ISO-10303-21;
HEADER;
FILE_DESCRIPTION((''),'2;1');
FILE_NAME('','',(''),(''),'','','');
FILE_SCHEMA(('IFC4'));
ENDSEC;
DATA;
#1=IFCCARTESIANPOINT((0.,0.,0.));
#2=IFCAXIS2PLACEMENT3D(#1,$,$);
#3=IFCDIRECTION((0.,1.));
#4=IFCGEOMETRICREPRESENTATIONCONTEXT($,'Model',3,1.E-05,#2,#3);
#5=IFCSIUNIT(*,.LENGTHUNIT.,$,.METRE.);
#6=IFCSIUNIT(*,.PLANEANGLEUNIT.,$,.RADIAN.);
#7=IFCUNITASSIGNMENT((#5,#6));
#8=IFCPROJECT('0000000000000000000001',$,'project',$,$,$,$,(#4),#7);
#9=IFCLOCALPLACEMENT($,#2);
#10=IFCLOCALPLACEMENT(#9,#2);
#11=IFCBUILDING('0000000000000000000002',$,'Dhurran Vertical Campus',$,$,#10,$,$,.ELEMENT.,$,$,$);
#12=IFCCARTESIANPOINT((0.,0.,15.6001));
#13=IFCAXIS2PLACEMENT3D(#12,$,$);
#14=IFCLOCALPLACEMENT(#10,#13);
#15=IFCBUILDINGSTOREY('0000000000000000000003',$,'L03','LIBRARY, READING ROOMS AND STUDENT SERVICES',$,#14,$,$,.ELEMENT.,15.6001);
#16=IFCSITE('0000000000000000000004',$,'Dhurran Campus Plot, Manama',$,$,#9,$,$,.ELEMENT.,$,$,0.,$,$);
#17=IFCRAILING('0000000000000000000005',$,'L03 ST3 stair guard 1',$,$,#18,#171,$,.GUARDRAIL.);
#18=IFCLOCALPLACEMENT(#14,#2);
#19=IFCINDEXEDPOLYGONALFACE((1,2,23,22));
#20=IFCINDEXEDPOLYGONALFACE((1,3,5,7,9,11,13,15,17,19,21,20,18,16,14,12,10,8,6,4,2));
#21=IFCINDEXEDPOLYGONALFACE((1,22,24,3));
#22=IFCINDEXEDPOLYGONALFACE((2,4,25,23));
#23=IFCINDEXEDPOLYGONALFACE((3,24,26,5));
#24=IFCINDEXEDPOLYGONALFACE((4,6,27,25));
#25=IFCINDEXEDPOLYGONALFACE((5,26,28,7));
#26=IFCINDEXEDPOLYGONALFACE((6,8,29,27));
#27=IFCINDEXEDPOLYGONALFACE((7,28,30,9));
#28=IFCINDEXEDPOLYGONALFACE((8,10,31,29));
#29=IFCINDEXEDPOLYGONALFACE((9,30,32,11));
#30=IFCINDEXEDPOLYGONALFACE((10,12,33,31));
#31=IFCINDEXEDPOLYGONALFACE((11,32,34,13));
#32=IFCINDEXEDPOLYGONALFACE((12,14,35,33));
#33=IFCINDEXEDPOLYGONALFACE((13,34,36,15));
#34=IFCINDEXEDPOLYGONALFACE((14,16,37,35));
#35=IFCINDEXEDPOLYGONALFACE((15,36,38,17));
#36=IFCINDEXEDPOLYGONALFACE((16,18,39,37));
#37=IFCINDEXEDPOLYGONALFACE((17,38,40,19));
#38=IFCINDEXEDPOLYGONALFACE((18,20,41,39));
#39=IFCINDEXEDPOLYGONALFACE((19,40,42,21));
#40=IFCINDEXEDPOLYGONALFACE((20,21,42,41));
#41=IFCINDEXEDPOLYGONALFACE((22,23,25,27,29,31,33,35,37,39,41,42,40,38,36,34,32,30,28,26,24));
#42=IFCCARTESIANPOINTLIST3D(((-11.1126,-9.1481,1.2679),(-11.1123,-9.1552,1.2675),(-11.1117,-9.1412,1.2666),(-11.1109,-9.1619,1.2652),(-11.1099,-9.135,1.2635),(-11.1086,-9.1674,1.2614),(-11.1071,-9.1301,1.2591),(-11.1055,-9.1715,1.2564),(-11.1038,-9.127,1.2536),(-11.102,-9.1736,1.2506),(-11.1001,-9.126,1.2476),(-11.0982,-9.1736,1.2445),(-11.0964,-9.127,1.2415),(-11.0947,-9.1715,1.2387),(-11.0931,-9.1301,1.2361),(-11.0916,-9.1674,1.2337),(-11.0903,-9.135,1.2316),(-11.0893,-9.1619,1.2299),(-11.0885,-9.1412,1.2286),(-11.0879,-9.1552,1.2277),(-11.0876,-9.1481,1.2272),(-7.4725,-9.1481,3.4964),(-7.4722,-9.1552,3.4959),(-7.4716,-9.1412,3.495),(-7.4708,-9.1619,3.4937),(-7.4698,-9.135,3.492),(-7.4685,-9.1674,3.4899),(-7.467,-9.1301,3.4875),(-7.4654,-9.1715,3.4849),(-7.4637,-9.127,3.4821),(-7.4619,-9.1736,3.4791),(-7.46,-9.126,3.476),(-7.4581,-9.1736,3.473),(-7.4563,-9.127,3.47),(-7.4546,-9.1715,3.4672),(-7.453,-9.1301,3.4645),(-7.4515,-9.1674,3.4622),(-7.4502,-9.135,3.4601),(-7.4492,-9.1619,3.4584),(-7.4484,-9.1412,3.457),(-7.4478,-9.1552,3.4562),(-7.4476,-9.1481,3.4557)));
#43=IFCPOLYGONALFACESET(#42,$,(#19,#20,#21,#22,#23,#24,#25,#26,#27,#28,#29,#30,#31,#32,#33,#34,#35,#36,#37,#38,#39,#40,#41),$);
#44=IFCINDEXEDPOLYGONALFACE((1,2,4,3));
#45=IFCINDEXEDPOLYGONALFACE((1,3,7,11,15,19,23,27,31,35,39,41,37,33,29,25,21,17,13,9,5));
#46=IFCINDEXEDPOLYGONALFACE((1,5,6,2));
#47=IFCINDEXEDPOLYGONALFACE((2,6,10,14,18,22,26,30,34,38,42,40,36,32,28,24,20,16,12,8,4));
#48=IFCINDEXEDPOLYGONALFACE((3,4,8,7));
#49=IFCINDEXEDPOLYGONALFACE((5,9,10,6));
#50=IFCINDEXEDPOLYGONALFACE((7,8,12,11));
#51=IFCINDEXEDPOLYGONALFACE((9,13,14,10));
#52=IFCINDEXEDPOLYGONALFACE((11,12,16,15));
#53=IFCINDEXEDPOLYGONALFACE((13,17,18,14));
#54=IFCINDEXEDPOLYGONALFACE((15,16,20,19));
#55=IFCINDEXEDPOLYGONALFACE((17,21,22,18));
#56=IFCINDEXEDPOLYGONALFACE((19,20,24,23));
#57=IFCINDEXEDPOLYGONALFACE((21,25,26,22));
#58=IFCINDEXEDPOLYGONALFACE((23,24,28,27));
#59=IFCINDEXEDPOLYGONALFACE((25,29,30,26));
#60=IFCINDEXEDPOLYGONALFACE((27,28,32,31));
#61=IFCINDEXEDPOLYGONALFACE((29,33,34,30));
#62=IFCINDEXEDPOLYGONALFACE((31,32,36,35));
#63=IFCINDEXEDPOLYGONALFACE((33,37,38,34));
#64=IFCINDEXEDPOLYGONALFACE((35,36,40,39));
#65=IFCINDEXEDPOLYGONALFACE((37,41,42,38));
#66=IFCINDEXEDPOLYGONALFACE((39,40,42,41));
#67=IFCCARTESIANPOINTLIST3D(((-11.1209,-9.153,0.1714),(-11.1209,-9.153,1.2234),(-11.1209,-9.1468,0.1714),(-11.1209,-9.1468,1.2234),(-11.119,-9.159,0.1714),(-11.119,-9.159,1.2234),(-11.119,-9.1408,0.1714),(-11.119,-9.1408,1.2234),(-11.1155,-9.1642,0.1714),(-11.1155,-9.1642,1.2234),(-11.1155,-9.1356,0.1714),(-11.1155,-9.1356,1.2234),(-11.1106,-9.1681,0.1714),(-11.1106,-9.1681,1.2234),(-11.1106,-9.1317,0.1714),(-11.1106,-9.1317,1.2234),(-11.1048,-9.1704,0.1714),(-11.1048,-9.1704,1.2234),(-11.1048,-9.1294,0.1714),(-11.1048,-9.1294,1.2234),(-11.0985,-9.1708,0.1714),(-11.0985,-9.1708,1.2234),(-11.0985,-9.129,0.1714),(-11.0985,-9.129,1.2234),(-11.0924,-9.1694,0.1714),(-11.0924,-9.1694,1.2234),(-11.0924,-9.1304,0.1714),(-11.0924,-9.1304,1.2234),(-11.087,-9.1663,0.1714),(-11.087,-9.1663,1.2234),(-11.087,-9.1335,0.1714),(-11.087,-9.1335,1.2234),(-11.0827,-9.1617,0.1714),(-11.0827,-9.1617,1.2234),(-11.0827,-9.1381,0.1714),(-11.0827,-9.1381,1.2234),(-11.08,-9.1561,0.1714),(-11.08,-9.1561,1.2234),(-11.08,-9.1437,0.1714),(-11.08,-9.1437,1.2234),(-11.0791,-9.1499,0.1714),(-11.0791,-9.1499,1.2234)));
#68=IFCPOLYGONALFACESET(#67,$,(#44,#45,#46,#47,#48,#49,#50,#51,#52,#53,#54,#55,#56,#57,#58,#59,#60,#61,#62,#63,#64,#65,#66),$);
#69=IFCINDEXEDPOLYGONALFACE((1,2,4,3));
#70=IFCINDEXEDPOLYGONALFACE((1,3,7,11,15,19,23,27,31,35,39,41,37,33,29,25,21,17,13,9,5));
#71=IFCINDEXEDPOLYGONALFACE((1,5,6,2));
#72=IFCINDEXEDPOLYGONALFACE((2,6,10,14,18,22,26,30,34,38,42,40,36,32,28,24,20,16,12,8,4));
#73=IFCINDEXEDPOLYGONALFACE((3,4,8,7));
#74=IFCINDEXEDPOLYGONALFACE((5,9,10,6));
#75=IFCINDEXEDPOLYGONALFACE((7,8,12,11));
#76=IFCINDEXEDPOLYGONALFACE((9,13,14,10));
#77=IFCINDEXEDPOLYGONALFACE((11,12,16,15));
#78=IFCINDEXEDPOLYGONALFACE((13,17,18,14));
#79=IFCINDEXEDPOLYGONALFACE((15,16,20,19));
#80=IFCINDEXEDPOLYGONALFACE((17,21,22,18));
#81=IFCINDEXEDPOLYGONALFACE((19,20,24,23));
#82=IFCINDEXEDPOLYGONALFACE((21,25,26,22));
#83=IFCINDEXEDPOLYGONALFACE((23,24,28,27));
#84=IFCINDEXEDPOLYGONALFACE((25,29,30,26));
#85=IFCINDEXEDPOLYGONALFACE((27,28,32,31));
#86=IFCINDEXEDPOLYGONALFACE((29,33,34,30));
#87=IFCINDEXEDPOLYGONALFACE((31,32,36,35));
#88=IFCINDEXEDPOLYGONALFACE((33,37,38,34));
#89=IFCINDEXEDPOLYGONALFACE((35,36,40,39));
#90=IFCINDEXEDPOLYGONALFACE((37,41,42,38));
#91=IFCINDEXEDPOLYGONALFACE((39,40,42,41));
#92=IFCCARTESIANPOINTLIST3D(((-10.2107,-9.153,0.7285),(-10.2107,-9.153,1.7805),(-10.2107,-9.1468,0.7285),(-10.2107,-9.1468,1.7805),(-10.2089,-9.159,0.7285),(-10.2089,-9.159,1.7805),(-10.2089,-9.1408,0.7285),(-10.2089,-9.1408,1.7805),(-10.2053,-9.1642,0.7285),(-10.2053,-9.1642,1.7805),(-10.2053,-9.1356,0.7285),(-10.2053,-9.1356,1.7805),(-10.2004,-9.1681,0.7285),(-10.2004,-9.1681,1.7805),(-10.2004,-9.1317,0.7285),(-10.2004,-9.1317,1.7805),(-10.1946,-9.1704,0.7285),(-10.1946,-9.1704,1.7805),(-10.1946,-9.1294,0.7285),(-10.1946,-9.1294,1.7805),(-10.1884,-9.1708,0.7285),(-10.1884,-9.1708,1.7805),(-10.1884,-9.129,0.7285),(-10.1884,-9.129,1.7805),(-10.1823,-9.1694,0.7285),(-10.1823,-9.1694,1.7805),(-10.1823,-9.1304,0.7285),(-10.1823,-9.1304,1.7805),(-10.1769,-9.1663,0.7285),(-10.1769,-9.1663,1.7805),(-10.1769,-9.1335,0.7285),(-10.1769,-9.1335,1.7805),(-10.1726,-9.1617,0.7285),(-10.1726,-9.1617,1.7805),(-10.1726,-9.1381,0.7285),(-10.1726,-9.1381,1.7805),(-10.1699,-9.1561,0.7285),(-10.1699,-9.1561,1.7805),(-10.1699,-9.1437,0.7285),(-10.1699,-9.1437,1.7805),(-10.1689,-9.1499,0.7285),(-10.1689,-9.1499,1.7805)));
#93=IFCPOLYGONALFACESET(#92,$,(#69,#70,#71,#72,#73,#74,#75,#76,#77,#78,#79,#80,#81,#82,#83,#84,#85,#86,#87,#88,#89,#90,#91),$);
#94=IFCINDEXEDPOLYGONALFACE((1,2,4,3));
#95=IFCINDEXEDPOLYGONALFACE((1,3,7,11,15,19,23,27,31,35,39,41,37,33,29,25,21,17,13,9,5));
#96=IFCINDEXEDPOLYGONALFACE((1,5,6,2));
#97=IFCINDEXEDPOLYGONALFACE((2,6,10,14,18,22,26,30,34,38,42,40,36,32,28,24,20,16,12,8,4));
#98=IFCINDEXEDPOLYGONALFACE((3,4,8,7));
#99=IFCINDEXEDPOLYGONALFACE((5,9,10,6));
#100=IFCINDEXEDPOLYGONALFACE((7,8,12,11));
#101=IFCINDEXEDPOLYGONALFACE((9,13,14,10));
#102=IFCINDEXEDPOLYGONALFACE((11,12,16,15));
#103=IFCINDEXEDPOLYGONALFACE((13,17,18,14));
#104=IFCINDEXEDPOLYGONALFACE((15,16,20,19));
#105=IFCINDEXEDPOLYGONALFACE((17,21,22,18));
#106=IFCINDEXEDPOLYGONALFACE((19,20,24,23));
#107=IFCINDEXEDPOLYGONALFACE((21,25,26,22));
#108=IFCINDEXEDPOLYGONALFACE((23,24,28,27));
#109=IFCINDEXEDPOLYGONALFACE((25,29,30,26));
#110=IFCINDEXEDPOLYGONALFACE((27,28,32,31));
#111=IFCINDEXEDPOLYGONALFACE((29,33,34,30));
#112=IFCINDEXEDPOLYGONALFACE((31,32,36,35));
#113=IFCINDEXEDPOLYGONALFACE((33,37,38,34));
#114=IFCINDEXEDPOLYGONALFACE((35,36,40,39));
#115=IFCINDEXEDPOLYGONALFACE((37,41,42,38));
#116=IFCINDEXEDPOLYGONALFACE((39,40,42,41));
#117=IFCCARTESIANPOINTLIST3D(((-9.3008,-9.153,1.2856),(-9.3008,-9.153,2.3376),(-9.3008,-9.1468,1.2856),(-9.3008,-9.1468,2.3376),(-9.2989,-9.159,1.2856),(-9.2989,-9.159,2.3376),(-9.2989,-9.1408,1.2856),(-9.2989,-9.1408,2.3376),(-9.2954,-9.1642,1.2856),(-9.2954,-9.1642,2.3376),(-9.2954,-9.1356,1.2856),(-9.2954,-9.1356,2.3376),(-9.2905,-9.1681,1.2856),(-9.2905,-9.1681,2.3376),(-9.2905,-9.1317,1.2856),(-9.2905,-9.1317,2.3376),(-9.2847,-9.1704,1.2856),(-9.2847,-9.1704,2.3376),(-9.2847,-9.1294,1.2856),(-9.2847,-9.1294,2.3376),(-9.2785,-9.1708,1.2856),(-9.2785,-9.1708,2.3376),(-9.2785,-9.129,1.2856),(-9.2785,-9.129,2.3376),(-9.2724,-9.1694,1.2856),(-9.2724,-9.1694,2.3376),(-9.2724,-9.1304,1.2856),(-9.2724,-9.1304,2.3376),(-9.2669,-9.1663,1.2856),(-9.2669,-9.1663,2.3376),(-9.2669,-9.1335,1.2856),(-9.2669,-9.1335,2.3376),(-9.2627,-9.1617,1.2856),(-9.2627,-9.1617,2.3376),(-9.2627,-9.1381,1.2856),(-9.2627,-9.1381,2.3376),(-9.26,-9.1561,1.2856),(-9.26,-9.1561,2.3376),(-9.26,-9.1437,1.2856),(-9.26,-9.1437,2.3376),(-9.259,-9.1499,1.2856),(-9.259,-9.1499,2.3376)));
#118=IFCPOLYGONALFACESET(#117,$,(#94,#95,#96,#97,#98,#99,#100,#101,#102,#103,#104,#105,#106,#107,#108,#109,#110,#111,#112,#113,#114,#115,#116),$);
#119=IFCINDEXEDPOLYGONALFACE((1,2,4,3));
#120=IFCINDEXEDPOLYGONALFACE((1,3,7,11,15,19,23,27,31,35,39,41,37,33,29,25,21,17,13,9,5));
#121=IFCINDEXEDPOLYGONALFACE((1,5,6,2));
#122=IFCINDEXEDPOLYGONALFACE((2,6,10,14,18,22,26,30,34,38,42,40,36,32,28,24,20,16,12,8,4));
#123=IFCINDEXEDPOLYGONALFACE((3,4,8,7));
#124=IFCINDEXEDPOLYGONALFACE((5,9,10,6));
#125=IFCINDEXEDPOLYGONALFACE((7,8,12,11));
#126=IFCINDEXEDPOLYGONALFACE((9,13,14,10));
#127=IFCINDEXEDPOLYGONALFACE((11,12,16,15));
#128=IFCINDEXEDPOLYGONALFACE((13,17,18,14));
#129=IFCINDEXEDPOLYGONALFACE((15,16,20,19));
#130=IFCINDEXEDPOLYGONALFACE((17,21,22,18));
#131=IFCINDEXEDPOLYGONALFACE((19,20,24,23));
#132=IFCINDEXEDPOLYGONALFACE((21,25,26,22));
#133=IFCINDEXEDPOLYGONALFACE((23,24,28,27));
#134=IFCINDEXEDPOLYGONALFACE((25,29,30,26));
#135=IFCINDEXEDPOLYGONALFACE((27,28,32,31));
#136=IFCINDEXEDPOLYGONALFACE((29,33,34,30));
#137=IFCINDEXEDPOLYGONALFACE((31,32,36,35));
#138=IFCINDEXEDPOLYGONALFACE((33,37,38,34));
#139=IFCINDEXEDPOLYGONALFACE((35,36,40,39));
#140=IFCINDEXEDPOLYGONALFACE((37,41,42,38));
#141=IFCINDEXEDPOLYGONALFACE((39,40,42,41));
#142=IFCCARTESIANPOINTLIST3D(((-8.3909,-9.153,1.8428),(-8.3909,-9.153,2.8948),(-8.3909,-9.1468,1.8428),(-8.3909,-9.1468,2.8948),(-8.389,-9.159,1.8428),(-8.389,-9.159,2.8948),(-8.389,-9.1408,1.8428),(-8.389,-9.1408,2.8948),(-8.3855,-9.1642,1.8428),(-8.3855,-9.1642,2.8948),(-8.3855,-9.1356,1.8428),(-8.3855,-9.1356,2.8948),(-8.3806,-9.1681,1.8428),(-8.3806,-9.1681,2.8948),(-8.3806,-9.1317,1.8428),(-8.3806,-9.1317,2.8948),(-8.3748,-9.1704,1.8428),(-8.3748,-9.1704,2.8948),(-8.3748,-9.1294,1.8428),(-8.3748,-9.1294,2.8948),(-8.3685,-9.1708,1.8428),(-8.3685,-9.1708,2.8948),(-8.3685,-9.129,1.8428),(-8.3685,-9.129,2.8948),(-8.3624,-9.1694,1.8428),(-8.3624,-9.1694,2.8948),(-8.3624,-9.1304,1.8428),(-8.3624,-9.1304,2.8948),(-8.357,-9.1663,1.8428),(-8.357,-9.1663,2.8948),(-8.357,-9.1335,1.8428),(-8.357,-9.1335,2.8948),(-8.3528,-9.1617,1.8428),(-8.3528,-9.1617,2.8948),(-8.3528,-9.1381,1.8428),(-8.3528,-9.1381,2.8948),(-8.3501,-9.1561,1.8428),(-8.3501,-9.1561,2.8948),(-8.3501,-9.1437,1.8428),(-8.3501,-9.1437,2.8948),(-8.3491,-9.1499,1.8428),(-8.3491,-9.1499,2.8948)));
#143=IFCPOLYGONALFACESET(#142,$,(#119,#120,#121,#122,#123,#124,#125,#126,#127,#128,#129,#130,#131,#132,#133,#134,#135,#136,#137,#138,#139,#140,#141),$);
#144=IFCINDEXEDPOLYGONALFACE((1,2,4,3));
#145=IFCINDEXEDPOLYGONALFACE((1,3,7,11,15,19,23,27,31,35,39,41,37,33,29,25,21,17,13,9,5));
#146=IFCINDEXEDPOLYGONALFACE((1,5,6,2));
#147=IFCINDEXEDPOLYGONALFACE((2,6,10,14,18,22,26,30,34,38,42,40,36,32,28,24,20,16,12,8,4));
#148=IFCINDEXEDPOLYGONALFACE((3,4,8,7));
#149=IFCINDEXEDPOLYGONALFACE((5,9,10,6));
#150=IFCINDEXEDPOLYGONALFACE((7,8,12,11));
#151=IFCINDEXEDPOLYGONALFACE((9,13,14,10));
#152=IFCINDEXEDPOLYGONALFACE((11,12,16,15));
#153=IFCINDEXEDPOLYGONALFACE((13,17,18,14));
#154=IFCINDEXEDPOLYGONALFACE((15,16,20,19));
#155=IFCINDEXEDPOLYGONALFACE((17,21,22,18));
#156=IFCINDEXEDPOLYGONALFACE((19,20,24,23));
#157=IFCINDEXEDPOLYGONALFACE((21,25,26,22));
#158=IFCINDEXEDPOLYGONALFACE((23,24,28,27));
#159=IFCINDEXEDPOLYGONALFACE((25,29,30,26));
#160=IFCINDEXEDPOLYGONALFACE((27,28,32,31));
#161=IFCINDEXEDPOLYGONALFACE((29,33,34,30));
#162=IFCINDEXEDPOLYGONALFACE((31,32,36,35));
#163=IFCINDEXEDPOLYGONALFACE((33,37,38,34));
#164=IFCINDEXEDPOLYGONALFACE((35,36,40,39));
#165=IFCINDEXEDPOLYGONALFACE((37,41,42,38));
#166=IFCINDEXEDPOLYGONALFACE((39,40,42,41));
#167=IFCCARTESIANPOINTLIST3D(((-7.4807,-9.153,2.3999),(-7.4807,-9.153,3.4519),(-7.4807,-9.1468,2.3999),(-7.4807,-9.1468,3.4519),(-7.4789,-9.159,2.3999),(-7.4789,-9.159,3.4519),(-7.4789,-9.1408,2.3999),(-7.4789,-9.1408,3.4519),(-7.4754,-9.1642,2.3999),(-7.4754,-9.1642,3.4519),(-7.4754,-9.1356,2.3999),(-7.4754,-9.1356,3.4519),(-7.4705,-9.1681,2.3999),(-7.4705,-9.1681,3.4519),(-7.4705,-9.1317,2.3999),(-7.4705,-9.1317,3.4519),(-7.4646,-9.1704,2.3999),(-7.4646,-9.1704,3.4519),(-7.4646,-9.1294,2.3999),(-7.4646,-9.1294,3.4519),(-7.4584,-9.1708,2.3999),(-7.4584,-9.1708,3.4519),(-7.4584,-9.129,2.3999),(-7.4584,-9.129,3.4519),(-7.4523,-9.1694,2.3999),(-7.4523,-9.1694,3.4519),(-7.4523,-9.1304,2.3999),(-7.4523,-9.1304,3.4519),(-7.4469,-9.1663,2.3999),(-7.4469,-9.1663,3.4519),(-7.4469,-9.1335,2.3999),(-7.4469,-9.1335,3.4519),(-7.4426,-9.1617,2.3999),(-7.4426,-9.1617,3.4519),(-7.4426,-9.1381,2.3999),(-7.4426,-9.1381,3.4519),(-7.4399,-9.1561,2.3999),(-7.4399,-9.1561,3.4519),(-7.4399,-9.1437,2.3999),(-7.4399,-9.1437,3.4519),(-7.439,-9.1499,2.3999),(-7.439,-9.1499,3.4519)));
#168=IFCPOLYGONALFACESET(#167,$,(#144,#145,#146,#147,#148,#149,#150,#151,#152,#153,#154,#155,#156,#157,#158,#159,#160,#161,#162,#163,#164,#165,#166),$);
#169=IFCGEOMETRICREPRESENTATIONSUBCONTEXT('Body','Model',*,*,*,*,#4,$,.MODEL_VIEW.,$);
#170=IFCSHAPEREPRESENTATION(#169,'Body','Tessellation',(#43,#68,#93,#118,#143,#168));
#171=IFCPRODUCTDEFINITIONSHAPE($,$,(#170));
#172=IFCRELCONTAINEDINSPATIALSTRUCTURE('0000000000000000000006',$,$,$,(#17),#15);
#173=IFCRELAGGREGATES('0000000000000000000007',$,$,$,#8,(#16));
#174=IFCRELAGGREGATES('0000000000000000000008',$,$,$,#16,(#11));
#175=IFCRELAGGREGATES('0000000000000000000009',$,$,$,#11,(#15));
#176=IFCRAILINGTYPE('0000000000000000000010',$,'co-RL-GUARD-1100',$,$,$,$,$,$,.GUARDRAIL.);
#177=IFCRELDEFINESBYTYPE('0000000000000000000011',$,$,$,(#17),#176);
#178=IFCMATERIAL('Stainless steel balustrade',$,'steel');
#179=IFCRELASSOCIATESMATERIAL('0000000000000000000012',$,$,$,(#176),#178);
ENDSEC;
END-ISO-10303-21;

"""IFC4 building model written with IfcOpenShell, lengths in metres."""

from ifc_helpers import new_model, si_unit, direction, frame, origin, origin_2d, place, context, subcontext, project, spatial, circle, extrude, material, type_object, element, save


model = new_model("IFC4")

# Units and contexts
model_context = context("Model", 3, precision=1e-05, world=origin(), true_north=direction((0.0, 1.0)))
body_context = subcontext(model_context, "Body", "Model", "MODEL_VIEW")
ifc_project = project(units=[si_unit("LENGTHUNIT", "METRE"), si_unit("PLANEANGLEUNIT", "RADIAN")], contexts=[model_context])

# Site, building, storey
site_placement = place(None, origin())
site = spatial("IfcSite", under=ifc_project, at=site_placement, Name="Dhurran Campus Plot, Manama", CompositionType="ELEMENT", RefElevation=0.0)
building_placement = place(site_placement, origin())
building = spatial("IfcBuilding", under=site, at=building_placement, Name="Dhurran Vertical Campus", CompositionType="ELEMENT")
storey_placement = place(building_placement, frame((0.0, 0.0, 15.6001)))
storey = spatial("IfcBuildingStorey", under=building, at=storey_placement, Name="L03", Description="LIBRARY, READING ROOMS AND STUDENT SERVICES", CompositionType="ELEMENT", Elevation=15.6001)

# Railing
ifc_material_1 = material(Name="Stainless steel balustrade", Category="steel")
railing_type_1 = type_object("IfcRailingType", Name="co-RL-GUARD-1100", PredefinedType="GUARDRAIL", material=ifc_material_1)
railing_1_placement = place(storey_placement, frame((-11.1001, -9.1499, 0.1714)))
element("IfcRailing", 1, at=railing_1_placement, inside=storey, type_object=railing_type_1, Name="L03 ST3 stair guard 1", PredefinedType="GUARDRAIL", context=body_context, shape_type="SweptSolid", body=[
    extrude(circle(Radius=0.0239, at=origin_2d()), frame((0.0, 0.0, 1.0762), z_axis=(0.852866, 0.0, 0.52213), x_axis=(0.0, 1.0, 0.0)), (0.0, 0.0, 1.0), 4.2681),
    extrude(circle(Radius=0.021, at=origin_2d()), origin(), (0.0, 0.0, 1.0), 1.052),
    extrude(circle(Radius=0.021, at=origin_2d()), frame((0.9102, 0.0, 0.5571)), (0.0, 0.0, 1.0), 1.052),
    extrude(circle(Radius=0.021, at=origin_2d()), frame((1.8201, 0.0, 1.1143)), (0.0, 0.0, 1.0), 1.052),
    extrude(circle(Radius=0.021, at=origin_2d()), frame((2.73, 0.0, 1.6714)), (0.0, 0.0, 1.0), 1.052),
    extrude(circle(Radius=0.021, at=origin_2d()), frame((3.6401, 0.0, 2.2285)), (0.0, 0.0, 1.0), 1.052),
])

save(model, "model.ifc")
